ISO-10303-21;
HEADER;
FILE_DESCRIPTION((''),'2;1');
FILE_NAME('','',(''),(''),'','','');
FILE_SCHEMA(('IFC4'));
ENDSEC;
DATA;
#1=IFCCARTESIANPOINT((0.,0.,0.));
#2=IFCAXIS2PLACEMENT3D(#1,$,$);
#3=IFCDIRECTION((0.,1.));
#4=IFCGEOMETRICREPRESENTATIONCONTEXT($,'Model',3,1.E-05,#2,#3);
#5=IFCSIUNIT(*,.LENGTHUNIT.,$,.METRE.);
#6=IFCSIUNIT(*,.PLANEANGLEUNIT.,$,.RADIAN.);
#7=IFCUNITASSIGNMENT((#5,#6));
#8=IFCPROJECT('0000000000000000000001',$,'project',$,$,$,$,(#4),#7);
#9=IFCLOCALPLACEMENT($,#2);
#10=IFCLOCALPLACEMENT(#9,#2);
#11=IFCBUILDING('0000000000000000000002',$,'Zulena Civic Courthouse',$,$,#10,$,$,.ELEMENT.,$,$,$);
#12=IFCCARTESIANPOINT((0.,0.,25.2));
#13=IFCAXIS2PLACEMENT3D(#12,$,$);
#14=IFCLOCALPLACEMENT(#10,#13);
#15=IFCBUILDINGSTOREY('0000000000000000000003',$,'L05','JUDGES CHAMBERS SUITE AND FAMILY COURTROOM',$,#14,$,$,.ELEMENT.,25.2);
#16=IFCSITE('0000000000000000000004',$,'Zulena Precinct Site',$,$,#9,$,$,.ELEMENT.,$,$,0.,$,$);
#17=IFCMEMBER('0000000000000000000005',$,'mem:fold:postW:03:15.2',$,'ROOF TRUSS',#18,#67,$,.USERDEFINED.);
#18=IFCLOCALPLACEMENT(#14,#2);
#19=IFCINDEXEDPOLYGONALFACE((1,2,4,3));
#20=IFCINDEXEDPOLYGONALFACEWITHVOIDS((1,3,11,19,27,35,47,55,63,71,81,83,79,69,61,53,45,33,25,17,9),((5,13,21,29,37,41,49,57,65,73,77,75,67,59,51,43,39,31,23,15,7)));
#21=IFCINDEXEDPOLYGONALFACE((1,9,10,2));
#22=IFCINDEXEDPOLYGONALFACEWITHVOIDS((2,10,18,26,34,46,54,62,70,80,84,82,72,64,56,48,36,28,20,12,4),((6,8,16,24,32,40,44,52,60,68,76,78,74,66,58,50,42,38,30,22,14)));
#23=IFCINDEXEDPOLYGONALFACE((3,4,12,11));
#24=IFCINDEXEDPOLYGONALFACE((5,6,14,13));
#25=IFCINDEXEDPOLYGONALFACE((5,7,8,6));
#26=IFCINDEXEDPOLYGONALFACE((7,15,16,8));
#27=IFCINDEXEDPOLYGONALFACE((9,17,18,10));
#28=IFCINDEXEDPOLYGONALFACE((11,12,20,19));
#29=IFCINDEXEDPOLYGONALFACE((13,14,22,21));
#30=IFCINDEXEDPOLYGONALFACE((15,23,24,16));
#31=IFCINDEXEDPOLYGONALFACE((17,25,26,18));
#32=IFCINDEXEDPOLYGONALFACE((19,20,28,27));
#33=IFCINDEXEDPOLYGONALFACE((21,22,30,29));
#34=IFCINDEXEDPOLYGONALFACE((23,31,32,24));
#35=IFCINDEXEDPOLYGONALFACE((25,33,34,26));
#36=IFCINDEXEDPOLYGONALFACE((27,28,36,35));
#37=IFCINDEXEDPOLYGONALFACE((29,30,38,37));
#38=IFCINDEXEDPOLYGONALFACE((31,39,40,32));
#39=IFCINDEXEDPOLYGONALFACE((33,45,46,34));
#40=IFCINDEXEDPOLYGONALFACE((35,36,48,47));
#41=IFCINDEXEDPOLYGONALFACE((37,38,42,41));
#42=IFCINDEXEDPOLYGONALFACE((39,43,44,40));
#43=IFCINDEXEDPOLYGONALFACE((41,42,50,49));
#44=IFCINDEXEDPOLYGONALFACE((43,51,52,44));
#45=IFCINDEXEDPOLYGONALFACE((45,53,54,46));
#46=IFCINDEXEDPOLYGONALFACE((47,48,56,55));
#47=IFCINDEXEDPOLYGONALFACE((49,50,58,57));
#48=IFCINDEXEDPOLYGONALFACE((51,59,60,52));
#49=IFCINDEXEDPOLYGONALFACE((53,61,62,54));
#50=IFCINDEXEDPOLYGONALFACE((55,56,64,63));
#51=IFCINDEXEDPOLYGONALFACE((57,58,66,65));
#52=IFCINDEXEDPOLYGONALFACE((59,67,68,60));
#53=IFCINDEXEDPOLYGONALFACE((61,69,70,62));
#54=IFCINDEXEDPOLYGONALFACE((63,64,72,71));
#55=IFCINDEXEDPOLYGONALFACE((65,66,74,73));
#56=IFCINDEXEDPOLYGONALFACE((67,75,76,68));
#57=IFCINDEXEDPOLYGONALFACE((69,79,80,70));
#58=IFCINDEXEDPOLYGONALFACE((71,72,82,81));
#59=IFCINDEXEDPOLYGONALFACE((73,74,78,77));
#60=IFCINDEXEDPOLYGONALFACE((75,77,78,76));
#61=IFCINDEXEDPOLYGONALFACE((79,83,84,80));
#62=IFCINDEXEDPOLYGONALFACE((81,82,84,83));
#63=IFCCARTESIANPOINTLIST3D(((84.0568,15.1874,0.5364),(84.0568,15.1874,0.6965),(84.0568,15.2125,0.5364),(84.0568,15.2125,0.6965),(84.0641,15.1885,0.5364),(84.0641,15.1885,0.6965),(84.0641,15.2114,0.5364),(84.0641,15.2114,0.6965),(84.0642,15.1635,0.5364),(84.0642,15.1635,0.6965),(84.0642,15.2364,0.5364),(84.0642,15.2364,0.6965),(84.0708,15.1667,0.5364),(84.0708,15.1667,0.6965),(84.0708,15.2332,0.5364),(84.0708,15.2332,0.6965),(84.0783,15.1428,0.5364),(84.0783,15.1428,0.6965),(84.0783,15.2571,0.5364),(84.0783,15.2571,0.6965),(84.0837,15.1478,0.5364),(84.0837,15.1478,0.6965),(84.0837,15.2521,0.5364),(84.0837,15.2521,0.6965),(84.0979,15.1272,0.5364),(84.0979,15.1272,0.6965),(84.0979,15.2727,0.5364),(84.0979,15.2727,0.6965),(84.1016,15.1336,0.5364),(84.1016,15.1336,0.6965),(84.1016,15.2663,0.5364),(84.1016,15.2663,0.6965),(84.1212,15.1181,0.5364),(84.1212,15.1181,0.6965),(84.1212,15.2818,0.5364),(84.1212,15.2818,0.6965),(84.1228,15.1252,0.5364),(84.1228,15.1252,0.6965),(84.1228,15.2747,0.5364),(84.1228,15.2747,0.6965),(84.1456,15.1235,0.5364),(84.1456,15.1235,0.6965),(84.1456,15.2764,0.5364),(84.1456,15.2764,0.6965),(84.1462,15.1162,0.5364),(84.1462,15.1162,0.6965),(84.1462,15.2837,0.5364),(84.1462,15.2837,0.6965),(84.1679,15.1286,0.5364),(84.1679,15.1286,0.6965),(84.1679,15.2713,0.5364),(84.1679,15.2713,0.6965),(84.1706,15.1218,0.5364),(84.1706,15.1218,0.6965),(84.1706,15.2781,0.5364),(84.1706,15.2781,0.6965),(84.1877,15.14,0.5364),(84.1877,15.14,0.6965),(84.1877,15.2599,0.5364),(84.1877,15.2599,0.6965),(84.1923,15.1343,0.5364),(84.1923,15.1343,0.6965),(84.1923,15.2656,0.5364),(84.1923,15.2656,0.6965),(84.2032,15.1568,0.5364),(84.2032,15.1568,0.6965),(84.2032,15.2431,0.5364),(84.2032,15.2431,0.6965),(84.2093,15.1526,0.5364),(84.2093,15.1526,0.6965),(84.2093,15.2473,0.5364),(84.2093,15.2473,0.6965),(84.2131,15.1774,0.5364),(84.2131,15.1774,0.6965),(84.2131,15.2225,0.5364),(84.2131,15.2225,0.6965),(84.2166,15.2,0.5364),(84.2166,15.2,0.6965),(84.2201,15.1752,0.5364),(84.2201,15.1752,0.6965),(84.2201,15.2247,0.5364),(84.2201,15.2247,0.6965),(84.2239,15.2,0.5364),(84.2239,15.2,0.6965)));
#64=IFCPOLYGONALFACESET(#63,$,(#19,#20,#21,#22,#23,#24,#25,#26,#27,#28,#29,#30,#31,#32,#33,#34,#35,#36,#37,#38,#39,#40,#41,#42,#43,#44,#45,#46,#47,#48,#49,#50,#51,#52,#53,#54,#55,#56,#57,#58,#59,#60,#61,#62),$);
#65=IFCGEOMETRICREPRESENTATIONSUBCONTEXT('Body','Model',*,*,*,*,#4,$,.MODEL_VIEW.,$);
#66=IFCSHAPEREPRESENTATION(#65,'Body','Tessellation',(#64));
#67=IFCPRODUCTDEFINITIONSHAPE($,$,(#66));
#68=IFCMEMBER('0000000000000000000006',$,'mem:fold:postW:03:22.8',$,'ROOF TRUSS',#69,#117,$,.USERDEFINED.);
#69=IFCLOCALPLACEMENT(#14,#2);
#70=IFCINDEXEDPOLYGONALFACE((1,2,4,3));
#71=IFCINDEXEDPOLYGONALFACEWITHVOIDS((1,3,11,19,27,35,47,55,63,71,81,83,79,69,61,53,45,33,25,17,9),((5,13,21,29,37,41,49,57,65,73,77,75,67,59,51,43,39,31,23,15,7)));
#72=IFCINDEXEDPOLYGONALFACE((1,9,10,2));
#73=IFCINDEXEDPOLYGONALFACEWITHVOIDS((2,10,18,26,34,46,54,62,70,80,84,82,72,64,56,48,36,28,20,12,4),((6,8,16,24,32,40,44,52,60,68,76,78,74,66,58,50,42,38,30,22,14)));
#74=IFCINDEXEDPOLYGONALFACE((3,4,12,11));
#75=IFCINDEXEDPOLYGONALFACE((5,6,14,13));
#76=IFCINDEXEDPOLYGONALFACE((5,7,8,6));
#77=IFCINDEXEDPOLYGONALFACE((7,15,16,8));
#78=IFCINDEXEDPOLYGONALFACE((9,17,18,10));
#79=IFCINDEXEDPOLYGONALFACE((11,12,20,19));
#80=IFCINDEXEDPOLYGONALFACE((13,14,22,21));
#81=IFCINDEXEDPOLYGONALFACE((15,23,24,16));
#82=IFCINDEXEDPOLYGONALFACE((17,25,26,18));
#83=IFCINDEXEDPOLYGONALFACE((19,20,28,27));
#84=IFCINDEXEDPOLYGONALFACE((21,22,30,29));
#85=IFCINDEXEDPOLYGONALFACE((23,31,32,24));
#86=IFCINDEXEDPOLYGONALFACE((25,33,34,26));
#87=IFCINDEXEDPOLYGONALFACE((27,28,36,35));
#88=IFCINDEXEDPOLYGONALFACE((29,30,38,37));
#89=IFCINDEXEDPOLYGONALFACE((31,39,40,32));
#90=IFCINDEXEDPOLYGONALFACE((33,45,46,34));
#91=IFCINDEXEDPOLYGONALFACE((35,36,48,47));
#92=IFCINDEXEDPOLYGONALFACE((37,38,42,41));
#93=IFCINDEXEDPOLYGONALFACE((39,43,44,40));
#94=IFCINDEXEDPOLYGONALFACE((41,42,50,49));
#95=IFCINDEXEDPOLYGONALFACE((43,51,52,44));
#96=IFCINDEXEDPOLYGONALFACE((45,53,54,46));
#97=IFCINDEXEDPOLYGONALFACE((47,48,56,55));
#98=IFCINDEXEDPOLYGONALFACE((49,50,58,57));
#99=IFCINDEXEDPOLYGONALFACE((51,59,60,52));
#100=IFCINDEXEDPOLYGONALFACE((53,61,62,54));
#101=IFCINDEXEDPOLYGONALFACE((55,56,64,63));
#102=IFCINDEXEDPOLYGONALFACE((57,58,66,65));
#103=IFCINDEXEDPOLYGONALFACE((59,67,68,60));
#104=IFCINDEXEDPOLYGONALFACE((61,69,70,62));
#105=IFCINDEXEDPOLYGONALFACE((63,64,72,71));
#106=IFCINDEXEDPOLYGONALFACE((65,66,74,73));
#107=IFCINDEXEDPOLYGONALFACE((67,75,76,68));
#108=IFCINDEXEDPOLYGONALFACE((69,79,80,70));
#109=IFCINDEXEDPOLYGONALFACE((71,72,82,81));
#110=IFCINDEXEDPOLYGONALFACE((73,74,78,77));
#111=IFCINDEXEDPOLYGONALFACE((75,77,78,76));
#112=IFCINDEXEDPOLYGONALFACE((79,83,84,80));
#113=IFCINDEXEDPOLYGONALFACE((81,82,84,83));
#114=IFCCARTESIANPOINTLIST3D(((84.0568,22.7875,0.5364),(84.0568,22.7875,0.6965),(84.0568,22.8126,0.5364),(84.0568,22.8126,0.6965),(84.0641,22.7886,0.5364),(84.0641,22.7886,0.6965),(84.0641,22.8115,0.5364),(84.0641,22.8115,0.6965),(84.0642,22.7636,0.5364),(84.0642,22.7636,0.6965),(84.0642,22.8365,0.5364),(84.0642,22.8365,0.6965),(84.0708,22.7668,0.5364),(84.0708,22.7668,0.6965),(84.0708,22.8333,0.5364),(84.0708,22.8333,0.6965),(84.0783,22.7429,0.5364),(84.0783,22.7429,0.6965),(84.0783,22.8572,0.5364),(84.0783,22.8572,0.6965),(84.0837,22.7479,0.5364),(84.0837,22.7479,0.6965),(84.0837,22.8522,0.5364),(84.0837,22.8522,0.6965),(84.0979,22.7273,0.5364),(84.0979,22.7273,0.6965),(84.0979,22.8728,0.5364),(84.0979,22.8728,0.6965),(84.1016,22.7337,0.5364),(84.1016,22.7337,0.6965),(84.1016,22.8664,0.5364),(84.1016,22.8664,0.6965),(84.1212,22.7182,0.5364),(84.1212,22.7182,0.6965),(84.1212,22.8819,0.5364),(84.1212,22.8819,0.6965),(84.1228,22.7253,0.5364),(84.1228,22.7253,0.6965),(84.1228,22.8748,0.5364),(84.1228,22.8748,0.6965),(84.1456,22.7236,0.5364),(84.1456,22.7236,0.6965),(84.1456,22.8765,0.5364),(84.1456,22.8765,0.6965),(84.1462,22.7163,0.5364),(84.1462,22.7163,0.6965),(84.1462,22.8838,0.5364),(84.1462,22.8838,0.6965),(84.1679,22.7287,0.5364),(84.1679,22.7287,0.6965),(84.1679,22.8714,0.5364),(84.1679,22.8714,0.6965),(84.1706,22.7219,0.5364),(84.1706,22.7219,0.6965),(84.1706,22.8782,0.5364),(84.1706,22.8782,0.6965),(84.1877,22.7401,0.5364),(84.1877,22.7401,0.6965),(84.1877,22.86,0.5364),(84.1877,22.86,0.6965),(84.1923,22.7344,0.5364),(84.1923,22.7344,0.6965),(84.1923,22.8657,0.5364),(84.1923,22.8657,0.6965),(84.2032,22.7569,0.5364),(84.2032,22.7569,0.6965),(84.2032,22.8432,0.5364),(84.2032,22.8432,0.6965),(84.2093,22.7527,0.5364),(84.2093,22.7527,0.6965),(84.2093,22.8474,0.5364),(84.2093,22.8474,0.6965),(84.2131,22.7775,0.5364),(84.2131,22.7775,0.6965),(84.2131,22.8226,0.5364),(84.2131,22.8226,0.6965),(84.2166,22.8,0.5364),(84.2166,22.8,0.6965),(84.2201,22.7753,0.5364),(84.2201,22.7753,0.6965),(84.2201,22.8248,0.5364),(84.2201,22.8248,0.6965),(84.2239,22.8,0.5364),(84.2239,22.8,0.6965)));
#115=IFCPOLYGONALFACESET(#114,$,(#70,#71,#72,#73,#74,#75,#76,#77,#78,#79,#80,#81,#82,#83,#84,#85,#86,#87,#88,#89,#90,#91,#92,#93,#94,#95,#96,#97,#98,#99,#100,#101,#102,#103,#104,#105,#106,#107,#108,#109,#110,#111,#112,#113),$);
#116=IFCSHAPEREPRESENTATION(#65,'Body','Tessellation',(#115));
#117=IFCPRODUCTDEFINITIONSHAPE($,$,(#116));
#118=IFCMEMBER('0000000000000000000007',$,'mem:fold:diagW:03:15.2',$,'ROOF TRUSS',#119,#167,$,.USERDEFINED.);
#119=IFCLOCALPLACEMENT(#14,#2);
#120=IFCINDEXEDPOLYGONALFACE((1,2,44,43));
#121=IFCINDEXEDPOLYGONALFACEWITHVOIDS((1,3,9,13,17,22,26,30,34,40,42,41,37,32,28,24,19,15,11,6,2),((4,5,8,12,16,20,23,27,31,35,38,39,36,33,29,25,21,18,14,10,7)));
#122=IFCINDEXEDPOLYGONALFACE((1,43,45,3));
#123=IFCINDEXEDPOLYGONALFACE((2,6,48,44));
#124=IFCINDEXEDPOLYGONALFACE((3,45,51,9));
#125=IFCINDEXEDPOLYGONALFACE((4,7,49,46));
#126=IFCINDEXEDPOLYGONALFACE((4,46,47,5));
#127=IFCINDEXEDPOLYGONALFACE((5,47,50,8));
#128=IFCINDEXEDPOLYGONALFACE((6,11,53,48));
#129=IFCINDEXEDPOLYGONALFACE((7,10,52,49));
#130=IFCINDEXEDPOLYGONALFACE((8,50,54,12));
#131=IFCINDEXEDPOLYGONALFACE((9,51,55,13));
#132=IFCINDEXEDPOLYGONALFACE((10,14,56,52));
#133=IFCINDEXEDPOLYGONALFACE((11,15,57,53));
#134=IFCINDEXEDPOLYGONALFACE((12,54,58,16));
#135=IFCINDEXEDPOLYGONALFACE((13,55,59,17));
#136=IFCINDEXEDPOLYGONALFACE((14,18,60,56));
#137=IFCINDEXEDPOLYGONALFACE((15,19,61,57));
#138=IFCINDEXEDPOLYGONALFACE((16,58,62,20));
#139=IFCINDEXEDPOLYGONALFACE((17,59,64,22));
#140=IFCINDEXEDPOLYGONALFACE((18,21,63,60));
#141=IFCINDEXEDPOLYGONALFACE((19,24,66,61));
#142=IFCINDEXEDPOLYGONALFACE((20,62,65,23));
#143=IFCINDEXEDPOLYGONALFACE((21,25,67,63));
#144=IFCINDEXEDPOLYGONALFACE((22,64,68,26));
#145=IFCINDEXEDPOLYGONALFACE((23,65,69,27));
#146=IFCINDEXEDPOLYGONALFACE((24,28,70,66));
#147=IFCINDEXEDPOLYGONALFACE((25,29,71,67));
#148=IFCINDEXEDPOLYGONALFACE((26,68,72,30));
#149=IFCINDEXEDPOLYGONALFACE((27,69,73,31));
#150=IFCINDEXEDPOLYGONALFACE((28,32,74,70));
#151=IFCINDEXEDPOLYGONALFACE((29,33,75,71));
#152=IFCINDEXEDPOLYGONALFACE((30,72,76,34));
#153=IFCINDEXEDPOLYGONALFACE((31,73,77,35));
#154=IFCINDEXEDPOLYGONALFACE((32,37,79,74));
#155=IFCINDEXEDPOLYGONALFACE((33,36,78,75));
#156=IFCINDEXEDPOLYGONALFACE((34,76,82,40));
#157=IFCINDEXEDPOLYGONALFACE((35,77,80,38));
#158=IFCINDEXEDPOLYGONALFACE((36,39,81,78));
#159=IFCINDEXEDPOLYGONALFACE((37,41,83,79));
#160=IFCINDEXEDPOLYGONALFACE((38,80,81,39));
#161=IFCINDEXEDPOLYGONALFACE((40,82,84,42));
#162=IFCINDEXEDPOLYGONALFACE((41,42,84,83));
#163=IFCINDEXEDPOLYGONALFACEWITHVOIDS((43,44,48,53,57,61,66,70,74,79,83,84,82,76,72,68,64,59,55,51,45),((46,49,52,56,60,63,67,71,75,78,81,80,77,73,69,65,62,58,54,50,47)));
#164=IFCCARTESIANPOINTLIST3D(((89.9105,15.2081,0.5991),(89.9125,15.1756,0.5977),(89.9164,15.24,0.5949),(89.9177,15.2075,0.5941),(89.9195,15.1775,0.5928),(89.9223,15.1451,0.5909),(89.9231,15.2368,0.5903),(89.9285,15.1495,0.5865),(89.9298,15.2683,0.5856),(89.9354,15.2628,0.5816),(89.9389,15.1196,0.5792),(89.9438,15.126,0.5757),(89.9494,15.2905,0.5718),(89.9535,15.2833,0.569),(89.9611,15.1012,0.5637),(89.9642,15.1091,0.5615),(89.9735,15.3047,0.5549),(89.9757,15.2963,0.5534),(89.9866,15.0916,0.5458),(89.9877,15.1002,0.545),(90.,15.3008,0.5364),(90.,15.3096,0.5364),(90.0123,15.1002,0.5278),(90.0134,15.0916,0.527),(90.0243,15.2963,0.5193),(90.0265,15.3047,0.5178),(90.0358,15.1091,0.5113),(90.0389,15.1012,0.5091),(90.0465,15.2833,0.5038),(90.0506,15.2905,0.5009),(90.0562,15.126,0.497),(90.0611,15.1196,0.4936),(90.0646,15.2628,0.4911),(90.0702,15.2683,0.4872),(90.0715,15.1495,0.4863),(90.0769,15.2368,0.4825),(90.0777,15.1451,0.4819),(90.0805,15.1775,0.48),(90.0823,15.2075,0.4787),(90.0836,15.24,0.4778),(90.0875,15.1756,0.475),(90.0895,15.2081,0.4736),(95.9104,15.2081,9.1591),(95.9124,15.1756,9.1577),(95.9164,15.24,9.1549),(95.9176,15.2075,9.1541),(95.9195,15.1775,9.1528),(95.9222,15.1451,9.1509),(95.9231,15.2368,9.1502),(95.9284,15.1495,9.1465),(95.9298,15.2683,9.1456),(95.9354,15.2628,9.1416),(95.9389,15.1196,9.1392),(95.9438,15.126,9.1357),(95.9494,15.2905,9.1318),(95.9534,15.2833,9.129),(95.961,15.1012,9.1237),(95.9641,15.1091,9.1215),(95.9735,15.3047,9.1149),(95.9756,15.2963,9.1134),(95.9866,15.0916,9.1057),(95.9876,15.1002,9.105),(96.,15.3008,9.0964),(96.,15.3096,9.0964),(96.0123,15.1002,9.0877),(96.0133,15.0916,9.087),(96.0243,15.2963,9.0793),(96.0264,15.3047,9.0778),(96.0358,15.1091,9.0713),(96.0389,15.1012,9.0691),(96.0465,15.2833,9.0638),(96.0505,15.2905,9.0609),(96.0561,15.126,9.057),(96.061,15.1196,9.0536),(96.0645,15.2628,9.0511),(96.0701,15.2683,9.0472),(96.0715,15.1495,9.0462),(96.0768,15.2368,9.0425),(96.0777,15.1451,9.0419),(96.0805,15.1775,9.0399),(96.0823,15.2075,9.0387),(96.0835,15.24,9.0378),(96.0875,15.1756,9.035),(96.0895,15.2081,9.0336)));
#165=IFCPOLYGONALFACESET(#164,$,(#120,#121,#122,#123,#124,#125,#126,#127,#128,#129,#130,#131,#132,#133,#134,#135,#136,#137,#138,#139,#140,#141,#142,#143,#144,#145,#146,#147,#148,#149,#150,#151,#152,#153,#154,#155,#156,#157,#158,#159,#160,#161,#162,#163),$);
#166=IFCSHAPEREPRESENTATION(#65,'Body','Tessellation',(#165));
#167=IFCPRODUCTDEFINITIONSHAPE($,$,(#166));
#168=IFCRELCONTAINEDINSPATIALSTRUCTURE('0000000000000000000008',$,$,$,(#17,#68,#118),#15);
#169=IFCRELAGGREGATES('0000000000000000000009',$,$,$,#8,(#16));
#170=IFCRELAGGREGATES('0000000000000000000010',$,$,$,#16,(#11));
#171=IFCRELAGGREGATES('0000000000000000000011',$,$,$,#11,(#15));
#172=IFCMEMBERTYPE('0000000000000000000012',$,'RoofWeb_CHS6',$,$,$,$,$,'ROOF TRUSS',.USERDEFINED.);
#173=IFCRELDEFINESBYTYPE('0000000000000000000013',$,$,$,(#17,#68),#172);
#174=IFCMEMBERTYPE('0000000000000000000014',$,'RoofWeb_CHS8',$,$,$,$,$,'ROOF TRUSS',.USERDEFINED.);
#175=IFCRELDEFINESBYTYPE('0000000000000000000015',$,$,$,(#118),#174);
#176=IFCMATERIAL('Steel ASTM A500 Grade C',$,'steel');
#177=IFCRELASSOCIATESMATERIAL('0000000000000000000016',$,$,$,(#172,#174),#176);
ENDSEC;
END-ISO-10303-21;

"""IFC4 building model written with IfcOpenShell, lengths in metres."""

from ifc_helpers import new_model, si_unit, direction, frame, origin, origin_2d, place, context, subcontext, project, spatial, hollow_circle, extrude, material, material_profile, profile_set, type_object, element, save


model = new_model("IFC4")

# Units and contexts
model_context = context("Model", 3, precision=1e-05, world=origin(), true_north=direction((0.0, 1.0)))
body_context = subcontext(model_context, "Body", "Model", "MODEL_VIEW")
ifc_project = project(units=[si_unit("LENGTHUNIT", "METRE"), si_unit("PLANEANGLEUNIT", "RADIAN")], contexts=[model_context])

# Site, building, storey
site_placement = place(None, origin())
site = spatial("IfcSite", under=ifc_project, at=site_placement, Name="Zulena Precinct Site", CompositionType="ELEMENT", RefElevation=0.0)
building_placement = place(site_placement, origin())
building = spatial("IfcBuilding", under=site, at=building_placement, Name="Zulena Civic Courthouse", CompositionType="ELEMENT")
storey_placement = place(building_placement, frame((0.0, 0.0, 25.2)))
storey = spatial("IfcBuildingStorey", under=building, at=storey_placement, Name="L05", Description="JUDGES CHAMBERS SUITE AND FAMILY COURTROOM", CompositionType="ELEMENT", Elevation=25.2)

# Members
ifc_material_1 = material(Name="Steel ASTM A500 Grade C", Category="steel")
ifc_material_profile_1 = material_profile(ifc_material_1, hollow_circle(Radius=0.084, WallThickness=0.0073, at=origin_2d()), Name="HSS6.625X0.312")
ifc_profile_set_1 = profile_set([ifc_material_profile_1], Name="Steel ASTM A500 Grade C")
member_type_1 = type_object("IfcMemberType", Name="RoofWeb_CHS6", ElementType="ROOF TRUSS", PredefinedType="USERDEFINED", material=ifc_profile_set_1)
for number, where, z_axis, x_axis, name in (
    (1, (84.1399, 15.2, 0.5364), (0.0, 0.0, 1.0), (1.0, 0.0, 0.0), "mem:fold:postW:03:15.2"),
    (2, (84.1399, 22.8, 0.5364), (0.0, 0.0, 1.0), (1.0, 0.0, 0.0), "mem:fold:postW:03:22.8"),
):
    element("IfcMember", number, at=place(storey_placement, frame(where, z_axis=z_axis, x_axis=x_axis)), inside=storey, type_object=member_type_1, Name=name, ObjectType="ROOF TRUSS", PredefinedType="USERDEFINED", context=body_context, shape_type="SweptSolid", body=[
        extrude(hollow_circle(Radius=0.084, WallThickness=0.0073, at=origin_2d()), origin(), (0.0, 0.0, 1.0), 0.1602),
    ])
ifc_material_profile_2 = material_profile(ifc_material_1, hollow_circle(Radius=0.1096, WallThickness=0.0088, at=origin_2d()), Name="HSS8.625X0.375")
ifc_profile_set_2 = profile_set([ifc_material_profile_2], Name="Steel ASTM A500 Grade C")
member_type_2 = type_object("IfcMemberType", Name="RoofWeb_CHS8", ElementType="ROOF TRUSS", PredefinedType="USERDEFINED", material=ifc_profile_set_2)
for number, where, z_axis, x_axis, name in (
    (3, (90.0, 15.2, 0.5364), (0.573973, 0.0, 0.818874), (0.0, 1.0, 0.0), "mem:fold:diagW:03:15.2"),
):
    element("IfcMember", number, at=place(storey_placement, frame(where, z_axis=z_axis, x_axis=x_axis)), inside=storey, type_object=member_type_2, Name=name, ObjectType="ROOF TRUSS", PredefinedType="USERDEFINED", context=body_context, shape_type="SweptSolid", body=[
        extrude(hollow_circle(Radius=0.1096, WallThickness=0.0088, at=origin_2d()), origin(), (0.0, 0.0, 1.0), 10.4534),
    ])

save(model, "model.ifc")
